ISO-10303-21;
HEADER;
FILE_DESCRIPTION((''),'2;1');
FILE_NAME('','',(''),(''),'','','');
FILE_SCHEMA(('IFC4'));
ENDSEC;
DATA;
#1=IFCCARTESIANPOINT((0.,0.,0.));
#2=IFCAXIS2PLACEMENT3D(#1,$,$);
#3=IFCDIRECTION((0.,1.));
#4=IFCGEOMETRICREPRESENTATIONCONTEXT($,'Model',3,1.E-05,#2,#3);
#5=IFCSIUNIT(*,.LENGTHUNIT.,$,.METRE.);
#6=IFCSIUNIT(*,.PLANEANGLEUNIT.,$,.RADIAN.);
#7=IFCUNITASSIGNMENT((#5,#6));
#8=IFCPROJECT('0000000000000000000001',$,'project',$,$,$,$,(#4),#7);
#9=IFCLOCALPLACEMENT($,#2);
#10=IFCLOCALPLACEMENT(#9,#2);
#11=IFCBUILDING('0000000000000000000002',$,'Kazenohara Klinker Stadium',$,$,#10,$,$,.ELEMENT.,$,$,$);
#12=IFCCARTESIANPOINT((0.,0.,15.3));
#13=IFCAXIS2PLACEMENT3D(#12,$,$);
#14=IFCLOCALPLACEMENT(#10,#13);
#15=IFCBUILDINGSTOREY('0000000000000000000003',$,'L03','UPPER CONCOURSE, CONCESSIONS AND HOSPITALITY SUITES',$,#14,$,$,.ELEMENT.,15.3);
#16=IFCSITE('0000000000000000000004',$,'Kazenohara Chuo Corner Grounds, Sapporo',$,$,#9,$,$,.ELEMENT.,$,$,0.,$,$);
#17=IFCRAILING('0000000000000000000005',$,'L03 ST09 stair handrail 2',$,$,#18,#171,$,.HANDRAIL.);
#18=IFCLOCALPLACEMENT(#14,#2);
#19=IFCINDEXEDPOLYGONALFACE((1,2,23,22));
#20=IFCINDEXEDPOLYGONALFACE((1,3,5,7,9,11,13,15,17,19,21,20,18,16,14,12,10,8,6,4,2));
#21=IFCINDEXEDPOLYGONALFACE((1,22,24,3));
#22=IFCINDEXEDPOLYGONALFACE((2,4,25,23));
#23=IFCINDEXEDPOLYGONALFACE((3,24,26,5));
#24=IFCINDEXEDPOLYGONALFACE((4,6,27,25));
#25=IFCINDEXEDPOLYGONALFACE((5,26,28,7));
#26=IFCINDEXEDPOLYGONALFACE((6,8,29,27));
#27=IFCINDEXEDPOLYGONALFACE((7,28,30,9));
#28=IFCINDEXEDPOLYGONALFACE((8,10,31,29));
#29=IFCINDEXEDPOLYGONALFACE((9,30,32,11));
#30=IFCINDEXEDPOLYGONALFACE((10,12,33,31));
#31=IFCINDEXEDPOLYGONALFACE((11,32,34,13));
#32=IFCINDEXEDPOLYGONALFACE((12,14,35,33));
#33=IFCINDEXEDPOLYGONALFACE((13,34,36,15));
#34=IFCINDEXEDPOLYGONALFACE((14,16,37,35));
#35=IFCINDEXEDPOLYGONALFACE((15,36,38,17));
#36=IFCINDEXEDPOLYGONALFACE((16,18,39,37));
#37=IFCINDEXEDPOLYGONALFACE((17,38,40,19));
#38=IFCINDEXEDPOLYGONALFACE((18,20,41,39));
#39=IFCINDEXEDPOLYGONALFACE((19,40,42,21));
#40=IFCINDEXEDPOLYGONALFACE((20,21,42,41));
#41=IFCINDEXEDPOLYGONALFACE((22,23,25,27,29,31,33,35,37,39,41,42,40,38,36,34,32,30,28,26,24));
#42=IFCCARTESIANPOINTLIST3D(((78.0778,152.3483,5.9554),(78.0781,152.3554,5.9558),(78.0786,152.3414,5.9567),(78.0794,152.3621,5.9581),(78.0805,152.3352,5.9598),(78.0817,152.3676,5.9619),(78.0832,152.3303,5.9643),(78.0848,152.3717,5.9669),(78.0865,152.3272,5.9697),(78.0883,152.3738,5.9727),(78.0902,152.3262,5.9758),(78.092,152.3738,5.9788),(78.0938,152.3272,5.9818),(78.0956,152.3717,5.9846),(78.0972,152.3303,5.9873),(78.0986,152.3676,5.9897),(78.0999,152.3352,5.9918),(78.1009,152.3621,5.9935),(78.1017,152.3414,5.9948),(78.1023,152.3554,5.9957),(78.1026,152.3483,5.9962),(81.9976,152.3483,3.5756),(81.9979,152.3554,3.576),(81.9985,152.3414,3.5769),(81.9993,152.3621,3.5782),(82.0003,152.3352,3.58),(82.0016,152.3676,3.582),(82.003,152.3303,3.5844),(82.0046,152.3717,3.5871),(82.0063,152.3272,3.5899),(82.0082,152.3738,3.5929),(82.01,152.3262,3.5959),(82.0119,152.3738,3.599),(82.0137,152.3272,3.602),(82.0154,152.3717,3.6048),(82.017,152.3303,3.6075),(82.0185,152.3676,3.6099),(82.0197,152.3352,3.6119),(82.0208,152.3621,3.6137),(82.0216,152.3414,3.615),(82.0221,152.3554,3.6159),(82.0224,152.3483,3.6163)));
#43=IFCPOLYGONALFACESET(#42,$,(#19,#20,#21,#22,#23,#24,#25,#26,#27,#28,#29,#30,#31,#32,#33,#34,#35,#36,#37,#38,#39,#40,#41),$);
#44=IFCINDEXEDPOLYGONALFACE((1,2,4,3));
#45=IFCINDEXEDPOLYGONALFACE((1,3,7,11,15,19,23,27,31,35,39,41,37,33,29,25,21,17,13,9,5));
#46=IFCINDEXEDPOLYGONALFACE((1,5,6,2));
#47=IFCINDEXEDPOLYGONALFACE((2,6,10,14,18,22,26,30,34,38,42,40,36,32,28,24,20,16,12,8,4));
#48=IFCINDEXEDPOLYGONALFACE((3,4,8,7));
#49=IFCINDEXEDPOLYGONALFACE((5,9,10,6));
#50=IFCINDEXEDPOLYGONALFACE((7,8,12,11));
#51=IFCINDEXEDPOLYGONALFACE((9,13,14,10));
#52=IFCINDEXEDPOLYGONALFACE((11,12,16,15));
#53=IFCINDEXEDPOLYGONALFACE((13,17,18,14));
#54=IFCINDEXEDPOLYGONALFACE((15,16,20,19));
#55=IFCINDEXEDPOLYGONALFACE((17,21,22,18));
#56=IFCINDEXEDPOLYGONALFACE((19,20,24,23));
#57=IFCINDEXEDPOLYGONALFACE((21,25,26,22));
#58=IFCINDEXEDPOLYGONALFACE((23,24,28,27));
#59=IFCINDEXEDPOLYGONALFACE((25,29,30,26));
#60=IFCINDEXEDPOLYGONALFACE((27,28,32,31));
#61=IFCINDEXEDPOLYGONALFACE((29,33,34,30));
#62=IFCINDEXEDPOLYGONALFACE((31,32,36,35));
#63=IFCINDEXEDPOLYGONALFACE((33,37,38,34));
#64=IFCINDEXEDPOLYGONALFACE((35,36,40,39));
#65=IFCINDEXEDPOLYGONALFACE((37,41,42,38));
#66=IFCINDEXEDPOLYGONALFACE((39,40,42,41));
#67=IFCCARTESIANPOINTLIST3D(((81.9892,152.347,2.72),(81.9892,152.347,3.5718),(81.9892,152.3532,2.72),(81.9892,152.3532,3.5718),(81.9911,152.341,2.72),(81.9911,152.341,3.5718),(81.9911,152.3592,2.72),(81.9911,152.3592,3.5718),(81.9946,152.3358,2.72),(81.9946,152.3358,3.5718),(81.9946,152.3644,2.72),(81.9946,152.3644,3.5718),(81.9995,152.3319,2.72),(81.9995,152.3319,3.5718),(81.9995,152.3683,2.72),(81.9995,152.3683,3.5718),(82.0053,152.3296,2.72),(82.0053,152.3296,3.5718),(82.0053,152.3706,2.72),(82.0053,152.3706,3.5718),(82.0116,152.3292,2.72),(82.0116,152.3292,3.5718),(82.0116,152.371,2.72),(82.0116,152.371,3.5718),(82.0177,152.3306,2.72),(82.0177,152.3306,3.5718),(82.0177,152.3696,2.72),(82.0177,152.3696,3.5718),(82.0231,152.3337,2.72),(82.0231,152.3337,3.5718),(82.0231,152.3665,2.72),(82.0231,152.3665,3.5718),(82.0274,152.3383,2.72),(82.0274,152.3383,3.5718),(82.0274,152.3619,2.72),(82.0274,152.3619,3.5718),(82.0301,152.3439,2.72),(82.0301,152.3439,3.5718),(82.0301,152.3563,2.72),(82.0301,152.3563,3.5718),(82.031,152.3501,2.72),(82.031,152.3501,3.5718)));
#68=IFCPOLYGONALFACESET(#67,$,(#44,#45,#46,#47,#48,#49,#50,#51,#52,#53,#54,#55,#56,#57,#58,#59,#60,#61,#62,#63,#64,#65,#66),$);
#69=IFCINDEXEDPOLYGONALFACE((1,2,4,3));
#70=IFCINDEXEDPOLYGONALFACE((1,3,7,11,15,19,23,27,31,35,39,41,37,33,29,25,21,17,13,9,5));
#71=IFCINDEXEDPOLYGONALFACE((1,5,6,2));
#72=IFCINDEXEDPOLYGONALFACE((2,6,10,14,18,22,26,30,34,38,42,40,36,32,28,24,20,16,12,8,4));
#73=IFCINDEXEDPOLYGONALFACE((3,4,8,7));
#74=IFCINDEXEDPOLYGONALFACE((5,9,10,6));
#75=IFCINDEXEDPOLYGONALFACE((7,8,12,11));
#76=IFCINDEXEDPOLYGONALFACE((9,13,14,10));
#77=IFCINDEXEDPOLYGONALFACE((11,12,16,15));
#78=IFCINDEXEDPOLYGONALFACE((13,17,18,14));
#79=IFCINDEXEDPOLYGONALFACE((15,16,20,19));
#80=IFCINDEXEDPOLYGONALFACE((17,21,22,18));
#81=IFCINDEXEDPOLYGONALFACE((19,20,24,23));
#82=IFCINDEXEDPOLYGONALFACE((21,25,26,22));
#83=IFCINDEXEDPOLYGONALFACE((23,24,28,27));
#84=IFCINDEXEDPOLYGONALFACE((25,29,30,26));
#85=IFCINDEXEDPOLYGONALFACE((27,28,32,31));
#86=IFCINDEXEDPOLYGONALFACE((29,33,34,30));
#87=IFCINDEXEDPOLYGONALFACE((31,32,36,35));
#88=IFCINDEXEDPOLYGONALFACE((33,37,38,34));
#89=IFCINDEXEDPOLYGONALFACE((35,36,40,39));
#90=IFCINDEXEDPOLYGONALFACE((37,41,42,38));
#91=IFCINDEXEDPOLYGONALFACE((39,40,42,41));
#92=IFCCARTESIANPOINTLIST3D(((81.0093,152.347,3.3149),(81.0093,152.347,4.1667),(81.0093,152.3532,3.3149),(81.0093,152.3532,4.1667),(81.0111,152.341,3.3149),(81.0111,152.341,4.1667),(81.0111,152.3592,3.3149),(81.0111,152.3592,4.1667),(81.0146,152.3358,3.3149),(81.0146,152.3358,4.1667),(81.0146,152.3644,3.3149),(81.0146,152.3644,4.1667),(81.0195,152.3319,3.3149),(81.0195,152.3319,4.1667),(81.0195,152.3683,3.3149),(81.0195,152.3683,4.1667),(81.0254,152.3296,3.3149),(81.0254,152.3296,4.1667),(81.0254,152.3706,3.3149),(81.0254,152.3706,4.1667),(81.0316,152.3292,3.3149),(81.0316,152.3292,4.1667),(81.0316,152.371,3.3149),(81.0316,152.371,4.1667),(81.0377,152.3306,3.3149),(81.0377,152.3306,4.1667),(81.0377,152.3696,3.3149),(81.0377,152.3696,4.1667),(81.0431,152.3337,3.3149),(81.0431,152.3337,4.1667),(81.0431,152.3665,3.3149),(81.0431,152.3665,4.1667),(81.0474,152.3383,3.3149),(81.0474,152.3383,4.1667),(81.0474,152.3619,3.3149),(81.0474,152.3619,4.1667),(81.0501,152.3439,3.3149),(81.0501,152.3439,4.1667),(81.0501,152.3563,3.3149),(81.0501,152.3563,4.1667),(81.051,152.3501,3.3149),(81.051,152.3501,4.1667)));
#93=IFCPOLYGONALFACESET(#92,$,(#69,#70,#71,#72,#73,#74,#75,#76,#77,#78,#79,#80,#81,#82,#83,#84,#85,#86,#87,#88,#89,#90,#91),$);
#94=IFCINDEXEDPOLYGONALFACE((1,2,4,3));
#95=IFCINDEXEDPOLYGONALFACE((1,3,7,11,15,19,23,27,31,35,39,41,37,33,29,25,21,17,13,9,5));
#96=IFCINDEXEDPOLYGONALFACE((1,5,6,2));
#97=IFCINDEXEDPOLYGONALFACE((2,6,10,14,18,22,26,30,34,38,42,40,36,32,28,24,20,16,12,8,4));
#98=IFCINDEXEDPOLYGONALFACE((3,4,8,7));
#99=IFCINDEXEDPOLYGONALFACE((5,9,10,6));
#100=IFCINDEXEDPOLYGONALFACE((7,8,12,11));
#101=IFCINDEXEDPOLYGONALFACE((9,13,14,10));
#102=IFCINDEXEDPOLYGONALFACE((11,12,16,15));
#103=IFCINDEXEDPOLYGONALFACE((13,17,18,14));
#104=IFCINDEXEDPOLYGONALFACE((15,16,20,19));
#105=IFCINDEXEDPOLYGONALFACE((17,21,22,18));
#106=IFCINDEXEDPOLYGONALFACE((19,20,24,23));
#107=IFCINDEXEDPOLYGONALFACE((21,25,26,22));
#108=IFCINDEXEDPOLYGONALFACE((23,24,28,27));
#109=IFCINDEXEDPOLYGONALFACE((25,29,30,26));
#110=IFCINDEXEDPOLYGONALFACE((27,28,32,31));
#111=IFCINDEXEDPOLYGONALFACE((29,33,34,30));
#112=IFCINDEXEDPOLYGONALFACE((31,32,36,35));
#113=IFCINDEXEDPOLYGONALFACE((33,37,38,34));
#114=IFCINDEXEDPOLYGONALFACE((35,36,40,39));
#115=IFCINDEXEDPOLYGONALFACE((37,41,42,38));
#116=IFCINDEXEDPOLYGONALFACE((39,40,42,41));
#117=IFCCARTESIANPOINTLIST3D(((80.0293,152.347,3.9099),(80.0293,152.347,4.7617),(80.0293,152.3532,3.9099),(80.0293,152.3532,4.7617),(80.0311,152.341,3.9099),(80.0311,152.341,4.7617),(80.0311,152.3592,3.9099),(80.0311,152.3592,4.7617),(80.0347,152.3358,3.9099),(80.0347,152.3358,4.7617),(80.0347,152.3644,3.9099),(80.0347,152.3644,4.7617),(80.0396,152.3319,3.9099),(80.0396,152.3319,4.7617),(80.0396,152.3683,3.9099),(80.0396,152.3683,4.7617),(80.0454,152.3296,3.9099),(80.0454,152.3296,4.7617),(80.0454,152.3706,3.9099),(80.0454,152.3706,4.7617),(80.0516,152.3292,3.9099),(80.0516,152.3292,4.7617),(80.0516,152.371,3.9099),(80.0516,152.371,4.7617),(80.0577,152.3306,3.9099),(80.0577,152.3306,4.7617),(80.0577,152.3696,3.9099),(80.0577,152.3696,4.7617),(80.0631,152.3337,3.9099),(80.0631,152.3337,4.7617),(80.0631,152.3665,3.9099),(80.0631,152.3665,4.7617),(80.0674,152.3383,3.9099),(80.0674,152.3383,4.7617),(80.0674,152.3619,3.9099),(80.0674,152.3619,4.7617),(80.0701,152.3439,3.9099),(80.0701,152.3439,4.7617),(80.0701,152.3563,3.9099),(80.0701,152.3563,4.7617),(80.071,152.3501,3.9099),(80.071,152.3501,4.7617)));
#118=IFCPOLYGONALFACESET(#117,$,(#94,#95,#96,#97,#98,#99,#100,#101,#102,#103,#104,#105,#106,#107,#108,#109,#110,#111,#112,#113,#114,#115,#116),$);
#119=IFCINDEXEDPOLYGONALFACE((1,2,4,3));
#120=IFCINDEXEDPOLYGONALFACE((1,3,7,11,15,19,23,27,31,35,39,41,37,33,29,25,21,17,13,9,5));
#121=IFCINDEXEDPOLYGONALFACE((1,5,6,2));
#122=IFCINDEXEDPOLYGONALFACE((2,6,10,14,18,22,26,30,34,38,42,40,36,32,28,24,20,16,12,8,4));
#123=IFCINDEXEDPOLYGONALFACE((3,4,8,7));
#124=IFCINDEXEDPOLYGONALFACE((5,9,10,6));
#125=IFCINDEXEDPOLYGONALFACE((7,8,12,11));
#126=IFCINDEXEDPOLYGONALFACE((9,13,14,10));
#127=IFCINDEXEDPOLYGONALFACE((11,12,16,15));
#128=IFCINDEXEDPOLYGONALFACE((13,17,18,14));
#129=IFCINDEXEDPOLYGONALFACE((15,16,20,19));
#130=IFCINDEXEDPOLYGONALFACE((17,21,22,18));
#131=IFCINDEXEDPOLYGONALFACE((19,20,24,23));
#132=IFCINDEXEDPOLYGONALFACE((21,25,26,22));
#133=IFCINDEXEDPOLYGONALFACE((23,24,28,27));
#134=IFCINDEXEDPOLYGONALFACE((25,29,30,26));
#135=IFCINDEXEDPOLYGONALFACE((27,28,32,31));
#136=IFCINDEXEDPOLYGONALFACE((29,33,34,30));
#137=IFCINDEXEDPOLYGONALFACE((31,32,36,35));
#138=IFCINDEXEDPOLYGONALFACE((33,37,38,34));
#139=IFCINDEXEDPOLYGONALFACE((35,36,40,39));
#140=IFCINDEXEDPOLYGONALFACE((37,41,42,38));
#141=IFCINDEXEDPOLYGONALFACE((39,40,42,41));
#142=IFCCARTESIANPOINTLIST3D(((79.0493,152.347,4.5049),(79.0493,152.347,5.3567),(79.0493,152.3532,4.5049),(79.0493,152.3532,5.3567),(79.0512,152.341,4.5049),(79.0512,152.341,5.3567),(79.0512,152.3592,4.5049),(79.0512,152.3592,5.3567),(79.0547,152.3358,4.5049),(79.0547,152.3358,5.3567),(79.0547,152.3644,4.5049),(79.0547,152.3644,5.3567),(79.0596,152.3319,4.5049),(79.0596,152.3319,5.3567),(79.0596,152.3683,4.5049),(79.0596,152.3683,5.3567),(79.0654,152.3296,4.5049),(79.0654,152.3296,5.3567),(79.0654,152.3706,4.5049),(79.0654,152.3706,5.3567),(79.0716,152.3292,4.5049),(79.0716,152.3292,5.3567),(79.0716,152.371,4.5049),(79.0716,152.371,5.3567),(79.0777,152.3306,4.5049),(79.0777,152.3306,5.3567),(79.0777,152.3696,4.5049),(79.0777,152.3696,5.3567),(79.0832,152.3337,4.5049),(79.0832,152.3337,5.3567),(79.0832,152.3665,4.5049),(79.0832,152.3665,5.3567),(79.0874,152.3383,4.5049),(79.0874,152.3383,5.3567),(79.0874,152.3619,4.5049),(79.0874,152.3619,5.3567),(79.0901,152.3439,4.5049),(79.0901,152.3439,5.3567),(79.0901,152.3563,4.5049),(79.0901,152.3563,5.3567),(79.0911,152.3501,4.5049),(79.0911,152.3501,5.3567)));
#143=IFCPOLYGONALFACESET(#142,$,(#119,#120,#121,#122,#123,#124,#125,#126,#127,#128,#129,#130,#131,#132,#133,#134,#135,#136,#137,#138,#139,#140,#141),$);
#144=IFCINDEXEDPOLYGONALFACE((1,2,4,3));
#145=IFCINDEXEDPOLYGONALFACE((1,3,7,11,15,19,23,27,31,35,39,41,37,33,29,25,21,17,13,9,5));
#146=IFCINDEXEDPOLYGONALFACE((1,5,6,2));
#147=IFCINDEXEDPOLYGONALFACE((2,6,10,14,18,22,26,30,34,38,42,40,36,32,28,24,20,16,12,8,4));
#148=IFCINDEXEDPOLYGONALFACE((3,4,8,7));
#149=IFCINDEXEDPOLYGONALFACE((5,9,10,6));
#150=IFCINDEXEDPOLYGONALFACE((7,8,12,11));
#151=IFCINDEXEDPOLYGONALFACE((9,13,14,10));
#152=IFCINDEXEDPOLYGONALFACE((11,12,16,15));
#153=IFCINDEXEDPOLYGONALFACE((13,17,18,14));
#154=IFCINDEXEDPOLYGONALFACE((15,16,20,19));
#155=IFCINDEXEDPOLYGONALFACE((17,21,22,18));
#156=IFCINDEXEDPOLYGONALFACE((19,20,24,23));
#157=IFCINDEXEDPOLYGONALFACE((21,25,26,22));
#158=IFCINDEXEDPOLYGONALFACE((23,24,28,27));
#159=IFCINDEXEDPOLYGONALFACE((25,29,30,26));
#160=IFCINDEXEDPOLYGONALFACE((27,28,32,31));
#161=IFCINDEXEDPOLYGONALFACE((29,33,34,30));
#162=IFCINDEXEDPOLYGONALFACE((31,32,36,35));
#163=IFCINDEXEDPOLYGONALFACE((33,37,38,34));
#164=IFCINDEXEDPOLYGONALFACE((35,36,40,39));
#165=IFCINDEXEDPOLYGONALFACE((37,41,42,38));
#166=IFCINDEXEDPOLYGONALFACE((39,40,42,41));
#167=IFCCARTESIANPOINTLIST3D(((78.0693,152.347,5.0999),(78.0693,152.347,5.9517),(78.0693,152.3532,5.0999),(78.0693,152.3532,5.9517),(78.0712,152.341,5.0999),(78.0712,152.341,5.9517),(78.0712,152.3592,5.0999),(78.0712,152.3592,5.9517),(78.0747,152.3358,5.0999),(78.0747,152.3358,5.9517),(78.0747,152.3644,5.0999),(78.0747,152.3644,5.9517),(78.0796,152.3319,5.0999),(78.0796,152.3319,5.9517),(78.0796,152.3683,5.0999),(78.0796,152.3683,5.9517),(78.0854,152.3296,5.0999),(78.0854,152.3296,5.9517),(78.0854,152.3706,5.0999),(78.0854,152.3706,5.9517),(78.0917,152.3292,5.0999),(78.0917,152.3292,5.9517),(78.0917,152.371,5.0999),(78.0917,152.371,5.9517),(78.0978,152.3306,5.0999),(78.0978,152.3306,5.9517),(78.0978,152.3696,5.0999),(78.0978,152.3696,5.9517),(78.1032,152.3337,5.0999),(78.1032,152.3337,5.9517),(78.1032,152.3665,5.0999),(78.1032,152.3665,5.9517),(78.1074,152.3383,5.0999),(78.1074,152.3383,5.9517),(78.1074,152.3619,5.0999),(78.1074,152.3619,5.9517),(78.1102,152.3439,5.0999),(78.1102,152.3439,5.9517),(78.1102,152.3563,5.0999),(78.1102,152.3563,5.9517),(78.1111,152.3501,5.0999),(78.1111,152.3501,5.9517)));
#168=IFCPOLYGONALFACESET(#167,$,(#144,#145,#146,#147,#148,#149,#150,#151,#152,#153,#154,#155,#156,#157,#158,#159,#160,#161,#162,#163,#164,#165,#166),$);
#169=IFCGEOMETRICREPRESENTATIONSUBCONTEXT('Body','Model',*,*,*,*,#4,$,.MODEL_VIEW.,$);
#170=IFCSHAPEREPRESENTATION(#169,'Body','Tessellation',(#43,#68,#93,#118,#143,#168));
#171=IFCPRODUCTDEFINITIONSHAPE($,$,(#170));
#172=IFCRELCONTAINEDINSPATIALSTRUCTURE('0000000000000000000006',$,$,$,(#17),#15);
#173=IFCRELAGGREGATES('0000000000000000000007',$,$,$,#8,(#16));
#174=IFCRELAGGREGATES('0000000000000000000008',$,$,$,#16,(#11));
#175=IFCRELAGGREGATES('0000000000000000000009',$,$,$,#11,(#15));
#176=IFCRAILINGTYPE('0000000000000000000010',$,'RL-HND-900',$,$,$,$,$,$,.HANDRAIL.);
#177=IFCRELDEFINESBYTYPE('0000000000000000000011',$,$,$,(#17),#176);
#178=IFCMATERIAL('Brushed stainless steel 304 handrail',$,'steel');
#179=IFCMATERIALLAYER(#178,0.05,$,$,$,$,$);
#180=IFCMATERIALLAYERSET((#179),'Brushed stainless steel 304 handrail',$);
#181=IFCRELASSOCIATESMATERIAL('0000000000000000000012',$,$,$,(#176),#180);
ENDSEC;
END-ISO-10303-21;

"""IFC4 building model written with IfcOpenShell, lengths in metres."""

from ifc_helpers import new_model, si_unit, direction, frame, origin, origin_2d, place, context, subcontext, project, spatial, circle, extrude, material, layer, layer_set, type_object, element, save


model = new_model("IFC4")

# Units and contexts
model_context = context("Model", 3, precision=1e-05, world=origin(), true_north=direction((0.0, 1.0)))
body_context = subcontext(model_context, "Body", "Model", "MODEL_VIEW")
ifc_project = project(units=[si_unit("LENGTHUNIT", "METRE"), si_unit("PLANEANGLEUNIT", "RADIAN")], contexts=[model_context])

# Site, building, storey
site_placement = place(None, origin())
site = spatial("IfcSite", under=ifc_project, at=site_placement, Name="Kazenohara Chuo Corner Grounds, Sapporo", CompositionType="ELEMENT", RefElevation=0.0)
building_placement = place(site_placement, origin())
building = spatial("IfcBuilding", under=site, at=building_placement, Name="Kazenohara Klinker Stadium", CompositionType="ELEMENT")
storey_placement = place(building_placement, frame((0.0, 0.0, 15.3)))
storey = spatial("IfcBuildingStorey", under=building, at=storey_placement, Name="L03", Description="UPPER CONCOURSE, CONCESSIONS AND HOSPITALITY SUITES", CompositionType="ELEMENT", Elevation=15.3)

# Railing
ifc_material_1 = material(Name="Brushed stainless steel 304 handrail", Category="steel")
ifc_layer_1 = layer(ifc_material_1, 0.05)
ifc_layer_set_1 = layer_set([ifc_layer_1], Name="Brushed stainless steel 304 handrail")
railing_type_1 = type_object("IfcRailingType", Name="RL-HND-900", PredefinedType="HANDRAIL", material=ifc_layer_set_1)
for number, where, name in (
    (1, (82.01, 152.3501, 2.72), "L03 ST09 stair handrail 2"),
):
    element("IfcRailing", number, at=place(storey_placement, frame(where)), inside=storey, type_object=railing_type_1, Name=name, PredefinedType="HANDRAIL", context=body_context, shape_type="SweptSolid", body=[
        extrude(circle(Radius=0.0239, at=origin_2d()), frame((0.0, 0.0, 0.876), z_axis=(-0.854794, 0.0, 0.518967), x_axis=(0.0, -1.0, 0.0)), (0.0, 0.0, 1.0), 4.5857),
        extrude(circle(Radius=0.021, at=origin_2d()), origin(), (0.0, 0.0, 1.0), 0.8518),
        extrude(circle(Radius=0.021, at=origin_2d()), frame((-0.98, 0.0, 0.595)), (0.0, 0.0, 1.0), 0.8518),
        extrude(circle(Radius=0.021, at=origin_2d()), frame((-1.96, 0.0, 1.1899)), (0.0, 0.0, 1.0), 0.8518),
        extrude(circle(Radius=0.021, at=origin_2d()), frame((-2.9399, 0.0, 1.7849)), (0.0, 0.0, 1.0), 0.8518),
        extrude(circle(Radius=0.021, at=origin_2d()), frame((-3.9199, 0.0, 2.3799)), (0.0, 0.0, 1.0), 0.8518),
    ])

save(model, "model.ifc")
